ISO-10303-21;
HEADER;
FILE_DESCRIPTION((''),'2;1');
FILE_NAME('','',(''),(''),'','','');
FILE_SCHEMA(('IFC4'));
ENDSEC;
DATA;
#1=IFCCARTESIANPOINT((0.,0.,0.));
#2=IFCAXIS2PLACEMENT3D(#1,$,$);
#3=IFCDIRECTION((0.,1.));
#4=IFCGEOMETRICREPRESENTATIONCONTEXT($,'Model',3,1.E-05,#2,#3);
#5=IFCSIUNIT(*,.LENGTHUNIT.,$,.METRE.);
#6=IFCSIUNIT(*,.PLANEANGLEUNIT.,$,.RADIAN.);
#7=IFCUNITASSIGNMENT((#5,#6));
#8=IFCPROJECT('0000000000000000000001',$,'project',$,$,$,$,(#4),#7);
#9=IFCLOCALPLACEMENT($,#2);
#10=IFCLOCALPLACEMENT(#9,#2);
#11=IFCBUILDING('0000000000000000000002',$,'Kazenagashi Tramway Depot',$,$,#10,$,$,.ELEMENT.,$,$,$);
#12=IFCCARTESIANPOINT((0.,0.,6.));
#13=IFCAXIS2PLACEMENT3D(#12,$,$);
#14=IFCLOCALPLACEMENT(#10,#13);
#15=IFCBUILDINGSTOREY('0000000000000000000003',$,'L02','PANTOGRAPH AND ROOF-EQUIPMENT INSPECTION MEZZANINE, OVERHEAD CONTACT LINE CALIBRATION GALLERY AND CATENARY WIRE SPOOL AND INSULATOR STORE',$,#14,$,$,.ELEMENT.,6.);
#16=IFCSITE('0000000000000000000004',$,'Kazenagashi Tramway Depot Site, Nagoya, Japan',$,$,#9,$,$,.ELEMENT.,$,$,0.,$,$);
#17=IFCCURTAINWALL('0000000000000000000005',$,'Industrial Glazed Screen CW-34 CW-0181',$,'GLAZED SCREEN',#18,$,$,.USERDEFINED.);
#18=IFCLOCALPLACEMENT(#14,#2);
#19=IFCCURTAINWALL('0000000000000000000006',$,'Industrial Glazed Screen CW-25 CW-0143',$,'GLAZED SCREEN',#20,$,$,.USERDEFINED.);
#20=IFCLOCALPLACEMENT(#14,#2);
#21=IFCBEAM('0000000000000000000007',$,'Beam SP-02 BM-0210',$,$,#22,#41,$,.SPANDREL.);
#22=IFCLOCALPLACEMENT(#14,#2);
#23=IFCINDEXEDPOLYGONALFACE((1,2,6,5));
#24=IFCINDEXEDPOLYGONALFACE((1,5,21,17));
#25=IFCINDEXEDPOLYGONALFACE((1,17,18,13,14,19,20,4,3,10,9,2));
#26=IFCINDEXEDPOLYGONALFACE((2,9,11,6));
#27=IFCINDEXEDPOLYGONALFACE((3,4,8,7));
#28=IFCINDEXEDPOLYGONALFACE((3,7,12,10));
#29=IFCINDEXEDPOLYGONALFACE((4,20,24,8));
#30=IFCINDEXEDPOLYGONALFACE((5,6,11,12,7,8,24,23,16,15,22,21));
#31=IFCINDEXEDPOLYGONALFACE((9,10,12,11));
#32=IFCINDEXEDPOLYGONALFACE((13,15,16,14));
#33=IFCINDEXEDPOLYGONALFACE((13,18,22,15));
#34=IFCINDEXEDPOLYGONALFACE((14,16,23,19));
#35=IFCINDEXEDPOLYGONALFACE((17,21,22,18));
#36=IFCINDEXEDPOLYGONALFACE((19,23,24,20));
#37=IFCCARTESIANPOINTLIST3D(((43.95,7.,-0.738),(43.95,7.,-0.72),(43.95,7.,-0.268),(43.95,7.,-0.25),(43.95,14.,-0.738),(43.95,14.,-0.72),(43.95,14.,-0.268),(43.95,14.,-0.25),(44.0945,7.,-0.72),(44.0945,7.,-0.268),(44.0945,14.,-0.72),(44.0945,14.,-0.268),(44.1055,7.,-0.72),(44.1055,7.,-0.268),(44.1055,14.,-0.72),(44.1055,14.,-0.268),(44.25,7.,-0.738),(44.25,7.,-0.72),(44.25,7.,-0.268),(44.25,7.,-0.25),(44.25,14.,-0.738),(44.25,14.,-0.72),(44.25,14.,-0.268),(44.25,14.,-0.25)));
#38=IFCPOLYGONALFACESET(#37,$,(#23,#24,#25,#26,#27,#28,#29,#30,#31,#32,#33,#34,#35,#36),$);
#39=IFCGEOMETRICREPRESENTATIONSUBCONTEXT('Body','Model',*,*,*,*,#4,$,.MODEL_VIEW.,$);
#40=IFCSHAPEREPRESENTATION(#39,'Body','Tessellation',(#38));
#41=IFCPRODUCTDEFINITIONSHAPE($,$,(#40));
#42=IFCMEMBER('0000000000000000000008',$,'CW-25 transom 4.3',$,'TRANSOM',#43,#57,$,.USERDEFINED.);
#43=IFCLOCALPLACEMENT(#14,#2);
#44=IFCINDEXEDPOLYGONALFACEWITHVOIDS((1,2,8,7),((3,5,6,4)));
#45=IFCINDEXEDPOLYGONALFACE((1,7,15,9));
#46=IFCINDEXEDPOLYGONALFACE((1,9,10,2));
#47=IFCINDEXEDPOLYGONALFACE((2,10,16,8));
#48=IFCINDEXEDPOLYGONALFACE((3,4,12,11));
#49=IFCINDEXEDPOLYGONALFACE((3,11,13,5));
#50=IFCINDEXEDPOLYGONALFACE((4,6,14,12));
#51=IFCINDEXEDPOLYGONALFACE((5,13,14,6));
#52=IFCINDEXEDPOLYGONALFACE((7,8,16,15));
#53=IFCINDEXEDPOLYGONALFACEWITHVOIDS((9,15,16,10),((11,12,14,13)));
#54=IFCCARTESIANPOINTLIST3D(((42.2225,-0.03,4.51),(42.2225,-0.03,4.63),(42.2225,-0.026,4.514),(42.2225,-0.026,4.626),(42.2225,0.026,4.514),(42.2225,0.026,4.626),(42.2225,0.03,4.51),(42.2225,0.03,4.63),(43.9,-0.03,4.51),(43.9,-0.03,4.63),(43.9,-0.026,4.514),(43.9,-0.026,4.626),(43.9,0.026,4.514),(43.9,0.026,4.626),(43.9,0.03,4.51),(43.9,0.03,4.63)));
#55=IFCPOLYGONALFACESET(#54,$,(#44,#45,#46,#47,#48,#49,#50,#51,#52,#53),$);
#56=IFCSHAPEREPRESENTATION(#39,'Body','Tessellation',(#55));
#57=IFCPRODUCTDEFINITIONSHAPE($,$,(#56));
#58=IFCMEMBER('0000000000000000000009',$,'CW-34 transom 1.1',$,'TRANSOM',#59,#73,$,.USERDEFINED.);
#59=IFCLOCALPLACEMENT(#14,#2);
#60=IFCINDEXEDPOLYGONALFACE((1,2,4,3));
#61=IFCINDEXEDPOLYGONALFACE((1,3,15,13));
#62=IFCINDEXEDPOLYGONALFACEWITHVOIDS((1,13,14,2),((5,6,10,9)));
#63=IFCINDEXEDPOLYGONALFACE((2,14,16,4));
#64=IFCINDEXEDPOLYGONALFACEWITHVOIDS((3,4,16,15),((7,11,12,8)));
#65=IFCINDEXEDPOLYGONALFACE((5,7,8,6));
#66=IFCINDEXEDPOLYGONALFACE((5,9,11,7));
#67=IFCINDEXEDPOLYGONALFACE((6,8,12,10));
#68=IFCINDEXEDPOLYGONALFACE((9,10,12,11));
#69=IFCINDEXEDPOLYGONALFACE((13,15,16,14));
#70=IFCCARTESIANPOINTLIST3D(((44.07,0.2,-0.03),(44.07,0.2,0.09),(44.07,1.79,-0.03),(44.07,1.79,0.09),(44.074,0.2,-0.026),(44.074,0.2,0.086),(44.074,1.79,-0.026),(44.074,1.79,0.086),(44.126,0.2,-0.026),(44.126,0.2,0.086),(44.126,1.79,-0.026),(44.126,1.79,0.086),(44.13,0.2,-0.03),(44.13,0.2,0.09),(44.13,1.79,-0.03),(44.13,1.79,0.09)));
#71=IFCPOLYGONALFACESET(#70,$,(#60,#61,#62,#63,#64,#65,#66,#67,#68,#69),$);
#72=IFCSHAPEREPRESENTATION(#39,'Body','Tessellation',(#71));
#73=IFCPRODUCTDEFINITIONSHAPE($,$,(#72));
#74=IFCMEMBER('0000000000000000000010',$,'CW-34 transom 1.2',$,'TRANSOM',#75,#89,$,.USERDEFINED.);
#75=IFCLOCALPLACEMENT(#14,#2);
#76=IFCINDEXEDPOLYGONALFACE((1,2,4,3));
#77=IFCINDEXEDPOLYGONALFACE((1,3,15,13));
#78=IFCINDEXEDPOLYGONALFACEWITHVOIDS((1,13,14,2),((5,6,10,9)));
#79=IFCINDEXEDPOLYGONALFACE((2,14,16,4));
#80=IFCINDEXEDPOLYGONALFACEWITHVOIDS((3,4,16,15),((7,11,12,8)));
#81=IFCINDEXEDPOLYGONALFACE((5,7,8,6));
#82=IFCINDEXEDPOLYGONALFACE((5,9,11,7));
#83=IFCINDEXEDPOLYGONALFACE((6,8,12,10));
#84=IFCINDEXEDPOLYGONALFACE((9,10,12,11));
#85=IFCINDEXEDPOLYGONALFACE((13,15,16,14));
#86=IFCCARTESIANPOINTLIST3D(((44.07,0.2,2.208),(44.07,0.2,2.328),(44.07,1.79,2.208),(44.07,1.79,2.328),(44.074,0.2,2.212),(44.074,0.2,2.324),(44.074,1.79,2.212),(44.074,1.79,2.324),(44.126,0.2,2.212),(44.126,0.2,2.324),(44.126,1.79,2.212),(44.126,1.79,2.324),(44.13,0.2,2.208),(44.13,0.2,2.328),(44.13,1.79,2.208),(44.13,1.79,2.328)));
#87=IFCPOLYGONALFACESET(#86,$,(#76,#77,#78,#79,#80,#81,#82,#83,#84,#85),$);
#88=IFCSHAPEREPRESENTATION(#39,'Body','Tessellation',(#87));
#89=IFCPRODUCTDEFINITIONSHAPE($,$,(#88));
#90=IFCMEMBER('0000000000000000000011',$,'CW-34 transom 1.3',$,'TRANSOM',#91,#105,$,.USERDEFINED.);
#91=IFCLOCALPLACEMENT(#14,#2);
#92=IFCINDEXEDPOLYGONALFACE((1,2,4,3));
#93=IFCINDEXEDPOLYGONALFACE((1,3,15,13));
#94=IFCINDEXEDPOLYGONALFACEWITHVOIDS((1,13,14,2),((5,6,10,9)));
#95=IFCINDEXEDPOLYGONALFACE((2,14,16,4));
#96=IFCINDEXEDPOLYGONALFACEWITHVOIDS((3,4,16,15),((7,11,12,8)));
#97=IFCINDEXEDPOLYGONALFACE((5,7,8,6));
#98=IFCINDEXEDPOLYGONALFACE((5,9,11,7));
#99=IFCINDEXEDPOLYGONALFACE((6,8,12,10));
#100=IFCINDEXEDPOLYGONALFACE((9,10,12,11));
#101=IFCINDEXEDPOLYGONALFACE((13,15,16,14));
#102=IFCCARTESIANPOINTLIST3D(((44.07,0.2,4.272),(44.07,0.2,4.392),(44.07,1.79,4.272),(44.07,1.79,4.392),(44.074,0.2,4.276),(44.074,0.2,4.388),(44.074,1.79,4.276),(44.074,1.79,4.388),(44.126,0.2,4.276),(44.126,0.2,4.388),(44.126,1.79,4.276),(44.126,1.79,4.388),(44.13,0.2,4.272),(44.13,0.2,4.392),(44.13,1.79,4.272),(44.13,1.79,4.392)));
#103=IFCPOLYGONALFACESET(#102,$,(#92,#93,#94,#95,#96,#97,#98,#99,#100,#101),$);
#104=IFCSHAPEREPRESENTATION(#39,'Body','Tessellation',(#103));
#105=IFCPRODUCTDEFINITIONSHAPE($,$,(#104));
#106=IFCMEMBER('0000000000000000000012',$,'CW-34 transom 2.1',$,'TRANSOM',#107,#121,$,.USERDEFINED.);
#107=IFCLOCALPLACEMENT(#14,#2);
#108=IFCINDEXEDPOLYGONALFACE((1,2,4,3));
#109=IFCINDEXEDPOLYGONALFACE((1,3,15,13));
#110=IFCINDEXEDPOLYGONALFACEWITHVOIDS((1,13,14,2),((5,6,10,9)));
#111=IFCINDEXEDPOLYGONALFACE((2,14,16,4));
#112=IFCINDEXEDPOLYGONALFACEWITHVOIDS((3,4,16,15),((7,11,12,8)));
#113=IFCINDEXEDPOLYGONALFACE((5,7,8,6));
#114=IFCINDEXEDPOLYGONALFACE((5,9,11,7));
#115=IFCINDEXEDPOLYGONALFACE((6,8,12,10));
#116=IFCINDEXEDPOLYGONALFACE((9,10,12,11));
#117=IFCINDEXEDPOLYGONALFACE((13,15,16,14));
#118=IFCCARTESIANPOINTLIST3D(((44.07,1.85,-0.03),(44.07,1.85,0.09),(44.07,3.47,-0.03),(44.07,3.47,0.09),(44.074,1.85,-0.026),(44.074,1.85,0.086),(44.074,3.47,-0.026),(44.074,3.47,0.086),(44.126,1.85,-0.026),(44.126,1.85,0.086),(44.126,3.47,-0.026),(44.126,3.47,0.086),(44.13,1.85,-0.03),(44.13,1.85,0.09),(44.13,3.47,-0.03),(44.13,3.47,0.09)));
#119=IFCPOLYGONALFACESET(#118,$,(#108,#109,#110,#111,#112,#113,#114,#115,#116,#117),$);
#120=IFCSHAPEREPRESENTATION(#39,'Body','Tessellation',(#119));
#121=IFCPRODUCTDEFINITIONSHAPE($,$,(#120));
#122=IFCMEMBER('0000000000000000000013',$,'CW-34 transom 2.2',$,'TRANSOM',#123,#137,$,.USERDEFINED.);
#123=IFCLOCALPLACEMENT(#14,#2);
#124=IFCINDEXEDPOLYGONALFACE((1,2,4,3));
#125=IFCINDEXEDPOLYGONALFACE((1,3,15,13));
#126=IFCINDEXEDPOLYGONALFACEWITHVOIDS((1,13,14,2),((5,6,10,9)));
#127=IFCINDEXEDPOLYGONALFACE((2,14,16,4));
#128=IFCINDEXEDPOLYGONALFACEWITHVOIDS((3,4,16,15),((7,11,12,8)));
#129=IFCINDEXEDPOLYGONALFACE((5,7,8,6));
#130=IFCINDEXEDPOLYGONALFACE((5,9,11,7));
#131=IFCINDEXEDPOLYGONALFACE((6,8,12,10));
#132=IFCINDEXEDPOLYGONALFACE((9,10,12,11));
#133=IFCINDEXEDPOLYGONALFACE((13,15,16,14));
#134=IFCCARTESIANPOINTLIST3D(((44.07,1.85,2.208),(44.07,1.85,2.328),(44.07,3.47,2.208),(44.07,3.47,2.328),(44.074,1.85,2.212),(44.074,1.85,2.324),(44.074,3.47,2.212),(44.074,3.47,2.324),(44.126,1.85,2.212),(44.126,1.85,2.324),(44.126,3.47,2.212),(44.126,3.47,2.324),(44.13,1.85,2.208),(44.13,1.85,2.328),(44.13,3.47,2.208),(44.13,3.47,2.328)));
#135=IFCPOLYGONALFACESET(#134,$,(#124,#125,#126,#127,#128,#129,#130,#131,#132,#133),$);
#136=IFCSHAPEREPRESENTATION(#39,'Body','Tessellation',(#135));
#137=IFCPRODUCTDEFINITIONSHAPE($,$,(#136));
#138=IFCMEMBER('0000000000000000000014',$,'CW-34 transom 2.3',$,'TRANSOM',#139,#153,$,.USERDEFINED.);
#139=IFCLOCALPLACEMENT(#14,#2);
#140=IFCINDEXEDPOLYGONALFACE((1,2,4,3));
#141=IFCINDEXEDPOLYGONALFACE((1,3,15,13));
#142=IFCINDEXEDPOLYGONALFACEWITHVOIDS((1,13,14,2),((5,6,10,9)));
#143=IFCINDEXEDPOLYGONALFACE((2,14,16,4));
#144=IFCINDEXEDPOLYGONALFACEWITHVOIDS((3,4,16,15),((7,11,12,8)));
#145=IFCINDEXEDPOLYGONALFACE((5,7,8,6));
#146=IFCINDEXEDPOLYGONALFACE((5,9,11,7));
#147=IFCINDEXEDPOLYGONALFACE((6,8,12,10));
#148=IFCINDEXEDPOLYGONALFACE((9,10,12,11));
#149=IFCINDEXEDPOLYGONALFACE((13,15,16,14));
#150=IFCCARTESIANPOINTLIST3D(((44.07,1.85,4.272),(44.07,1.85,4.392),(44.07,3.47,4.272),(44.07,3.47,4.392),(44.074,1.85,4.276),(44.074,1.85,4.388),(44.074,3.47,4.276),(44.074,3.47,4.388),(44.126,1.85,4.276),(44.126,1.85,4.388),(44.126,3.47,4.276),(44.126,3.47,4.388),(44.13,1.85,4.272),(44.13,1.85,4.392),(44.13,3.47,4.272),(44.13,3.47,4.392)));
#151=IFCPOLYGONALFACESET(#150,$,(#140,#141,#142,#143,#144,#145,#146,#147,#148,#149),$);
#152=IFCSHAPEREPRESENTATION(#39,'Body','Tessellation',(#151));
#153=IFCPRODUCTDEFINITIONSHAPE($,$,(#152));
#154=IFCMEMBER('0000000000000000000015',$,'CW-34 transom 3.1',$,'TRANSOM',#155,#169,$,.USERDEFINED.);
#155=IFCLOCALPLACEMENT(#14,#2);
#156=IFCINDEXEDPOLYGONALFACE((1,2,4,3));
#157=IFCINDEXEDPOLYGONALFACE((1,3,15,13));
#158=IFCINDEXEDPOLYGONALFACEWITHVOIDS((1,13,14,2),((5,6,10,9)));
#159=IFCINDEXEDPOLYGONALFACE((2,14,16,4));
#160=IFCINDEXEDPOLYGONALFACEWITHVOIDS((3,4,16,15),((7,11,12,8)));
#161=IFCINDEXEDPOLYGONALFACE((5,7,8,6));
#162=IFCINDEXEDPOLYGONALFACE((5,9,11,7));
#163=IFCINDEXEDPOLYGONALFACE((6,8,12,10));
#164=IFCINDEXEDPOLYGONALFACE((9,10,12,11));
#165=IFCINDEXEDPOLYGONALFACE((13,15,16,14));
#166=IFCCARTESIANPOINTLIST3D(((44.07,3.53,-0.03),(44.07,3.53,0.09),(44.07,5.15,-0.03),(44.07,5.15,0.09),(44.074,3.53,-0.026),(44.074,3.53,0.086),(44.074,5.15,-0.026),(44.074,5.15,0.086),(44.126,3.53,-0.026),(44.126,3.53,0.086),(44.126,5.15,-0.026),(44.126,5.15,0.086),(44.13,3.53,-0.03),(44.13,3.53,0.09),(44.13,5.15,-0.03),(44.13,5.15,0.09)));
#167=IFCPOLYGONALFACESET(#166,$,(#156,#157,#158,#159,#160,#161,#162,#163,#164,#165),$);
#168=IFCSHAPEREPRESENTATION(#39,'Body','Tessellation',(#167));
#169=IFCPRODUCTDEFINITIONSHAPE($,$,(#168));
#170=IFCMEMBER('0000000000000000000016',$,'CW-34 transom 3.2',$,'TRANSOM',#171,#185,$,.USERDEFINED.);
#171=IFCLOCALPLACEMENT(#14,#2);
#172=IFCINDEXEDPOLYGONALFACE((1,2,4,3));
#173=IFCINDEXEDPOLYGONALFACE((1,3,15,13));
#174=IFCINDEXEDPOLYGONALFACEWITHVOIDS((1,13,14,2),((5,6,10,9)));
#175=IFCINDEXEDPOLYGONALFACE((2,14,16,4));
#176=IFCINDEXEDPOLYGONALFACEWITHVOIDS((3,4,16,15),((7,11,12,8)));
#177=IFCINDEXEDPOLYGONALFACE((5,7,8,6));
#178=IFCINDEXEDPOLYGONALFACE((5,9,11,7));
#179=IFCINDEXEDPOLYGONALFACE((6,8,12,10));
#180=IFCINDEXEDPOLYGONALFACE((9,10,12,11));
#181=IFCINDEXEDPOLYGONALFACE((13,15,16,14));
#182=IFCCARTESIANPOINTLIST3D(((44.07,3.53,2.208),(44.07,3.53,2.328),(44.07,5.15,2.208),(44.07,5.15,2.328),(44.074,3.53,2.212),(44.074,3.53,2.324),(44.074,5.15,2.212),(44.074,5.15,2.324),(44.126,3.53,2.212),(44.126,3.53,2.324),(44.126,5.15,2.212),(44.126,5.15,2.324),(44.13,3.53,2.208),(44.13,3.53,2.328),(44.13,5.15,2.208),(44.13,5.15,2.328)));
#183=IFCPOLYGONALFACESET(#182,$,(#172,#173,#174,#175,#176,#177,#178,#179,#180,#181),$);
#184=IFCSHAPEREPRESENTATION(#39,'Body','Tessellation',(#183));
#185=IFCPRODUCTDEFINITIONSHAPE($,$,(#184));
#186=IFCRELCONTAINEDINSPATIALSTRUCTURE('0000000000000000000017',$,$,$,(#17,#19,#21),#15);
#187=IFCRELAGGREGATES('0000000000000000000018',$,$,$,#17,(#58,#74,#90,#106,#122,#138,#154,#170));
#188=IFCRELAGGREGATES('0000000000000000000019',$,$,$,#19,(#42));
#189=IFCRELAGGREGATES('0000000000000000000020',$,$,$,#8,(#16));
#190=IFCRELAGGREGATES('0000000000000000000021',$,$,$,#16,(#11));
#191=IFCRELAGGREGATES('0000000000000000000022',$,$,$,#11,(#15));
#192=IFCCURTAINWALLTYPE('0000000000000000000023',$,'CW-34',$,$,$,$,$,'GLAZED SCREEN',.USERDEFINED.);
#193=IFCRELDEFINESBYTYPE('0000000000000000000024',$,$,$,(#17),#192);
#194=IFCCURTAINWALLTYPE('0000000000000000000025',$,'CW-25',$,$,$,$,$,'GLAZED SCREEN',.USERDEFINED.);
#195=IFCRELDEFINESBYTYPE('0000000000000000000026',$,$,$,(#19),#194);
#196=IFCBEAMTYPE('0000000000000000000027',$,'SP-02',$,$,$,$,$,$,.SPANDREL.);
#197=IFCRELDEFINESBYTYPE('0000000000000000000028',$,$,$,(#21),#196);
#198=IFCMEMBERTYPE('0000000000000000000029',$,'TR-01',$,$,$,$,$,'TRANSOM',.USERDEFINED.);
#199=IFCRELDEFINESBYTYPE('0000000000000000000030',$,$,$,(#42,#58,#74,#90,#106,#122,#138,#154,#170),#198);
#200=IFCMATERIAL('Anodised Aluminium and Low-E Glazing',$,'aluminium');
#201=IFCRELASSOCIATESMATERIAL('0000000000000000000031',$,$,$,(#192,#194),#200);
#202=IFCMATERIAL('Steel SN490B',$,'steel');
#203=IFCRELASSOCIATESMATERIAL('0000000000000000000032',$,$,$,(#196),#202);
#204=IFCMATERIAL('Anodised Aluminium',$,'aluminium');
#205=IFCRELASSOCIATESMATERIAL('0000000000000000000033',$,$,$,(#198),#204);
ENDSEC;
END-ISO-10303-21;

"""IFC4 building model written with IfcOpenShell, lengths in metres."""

from ifc_helpers import new_model, si_unit, direction, frame, origin, origin_2d, place, context, subcontext, project, spatial, hollow_rectangle, i_section, extrude, material, material_profile, profile_set, type_object, element, aggregate, save


model = new_model("IFC4")

# Units and contexts
model_context = context("Model", 3, precision=1e-05, world=origin(), true_north=direction((0.0, 1.0)))
body_context = subcontext(model_context, "Body", "Model", "MODEL_VIEW")
ifc_project = project(units=[si_unit("LENGTHUNIT", "METRE"), si_unit("PLANEANGLEUNIT", "RADIAN")], contexts=[model_context])

# Site, building, storey
site_placement = place(None, origin())
site = spatial("IfcSite", under=ifc_project, at=site_placement, Name="Kazenagashi Tramway Depot Site, Nagoya, Japan", CompositionType="ELEMENT", RefElevation=0.0)
building_placement = place(site_placement, origin())
building = spatial("IfcBuilding", under=site, at=building_placement, Name="Kazenagashi Tramway Depot", CompositionType="ELEMENT")
storey_placement = place(building_placement, frame((0.0, 0.0, 6.0)))
storey = spatial("IfcBuildingStorey", under=building, at=storey_placement, Name="L02", Description="PANTOGRAPH AND ROOF-EQUIPMENT INSPECTION MEZZANINE, OVERHEAD CONTACT LINE CALIBRATION GALLERY AND CATENARY WIRE SPOOL AND INSULATOR STORE", CompositionType="ELEMENT", Elevation=6.0)

# Shared definitions
ifc_material_1 = material(Name="Steel SN490B", Category="steel")

# Curtain wall
ifc_material_2 = material(Name="Anodised Aluminium and Low-E Glazing", Category="aluminium")
curtain_wall_type_1 = type_object("IfcCurtainWallType", Name="CW-34", ElementType="GLAZED SCREEN", PredefinedType="USERDEFINED", material=ifc_material_2)
curtain_wall_1_placement = place(storey_placement, origin())
curtain_wall_1 = element("IfcCurtainWall", 1, at=curtain_wall_1_placement, inside=storey, type_object=curtain_wall_type_1, Name="Industrial Glazed Screen CW-34 CW-0181", ObjectType="GLAZED SCREEN", PredefinedType="USERDEFINED")
ifc_material_3 = material(Name="Anodised Aluminium", Category="aluminium")

# Curtain wall
curtain_wall_type_2 = type_object("IfcCurtainWallType", Name="CW-25", ElementType="GLAZED SCREEN", PredefinedType="USERDEFINED", material=ifc_material_2)
curtain_wall_2_placement = place(storey_placement, origin())
curtain_wall_2 = element("IfcCurtainWall", 2, at=curtain_wall_2_placement, inside=storey, type_object=curtain_wall_type_2, Name="Industrial Glazed Screen CW-25 CW-0143", ObjectType="GLAZED SCREEN", PredefinedType="USERDEFINED")

# Beam
ifc_material_profile_1 = material_profile(ifc_material_1, i_section(OverallWidth=0.3, OverallDepth=0.488, WebThickness=0.011, FlangeThickness=0.018, at=origin_2d()), Name="H-488x300x11x18")
ifc_profile_set_1 = profile_set([ifc_material_profile_1], Name="Steel SN490B")
beam_type = type_object("IfcBeamType", Name="SP-02", PredefinedType="SPANDREL", material=ifc_profile_set_1)
for number, where, z_axis, x_axis, name in (
    (3, (44.1, 7.0, -0.494), (0.0, 1.0, 0.0), (-1.0, 0.0, 0.0), "Beam SP-02 BM-0210"),
):
    element("IfcBeam", number, at=place(storey_placement, frame(where, z_axis=z_axis, x_axis=x_axis)), inside=storey, type_object=beam_type, Name=name, PredefinedType="SPANDREL", context=body_context, shape_type="SweptSolid", body=[
        extrude(i_section(OverallWidth=0.3, OverallDepth=0.488, WebThickness=0.011, FlangeThickness=0.018, at=origin_2d()), origin(), (0.0, 0.0, 1.0), 7.0),
    ])

# Members
ifc_material_profile_2 = material_profile(ifc_material_3, hollow_rectangle(XDim=0.06, YDim=0.12, WallThickness=0.004, at=origin_2d()), Name="RHS-120x60x4")
ifc_profile_set_2 = profile_set([ifc_material_profile_2], Name="Anodised Aluminium")
member_type_1 = type_object("IfcMemberType", Name="TR-01", ElementType="TRANSOM", PredefinedType="USERDEFINED", material=ifc_profile_set_2)
member_1_placement = place(storey_placement, frame((42.2225, 0.0, 4.57), z_axis=(1.0, 0.0, 0.0), x_axis=(0.0, 1.0, 0.0)))
member_1 = element("IfcMember", 4, at=member_1_placement, type_object=member_type_1, Name="CW-25 transom 4.3", ObjectType="TRANSOM", PredefinedType="USERDEFINED", context=body_context, shape_type="SweptSolid", body=[
    extrude(hollow_rectangle(XDim=0.06, YDim=0.12, WallThickness=0.004, at=origin_2d()), origin(), (0.0, 0.0, 1.0), 1.6775),
])
member_2_placement = place(storey_placement, frame((44.1, 0.2, 0.03), z_axis=(0.0, 1.0, 0.0), x_axis=(-1.0, 0.0, 0.0)))
member_2 = element("IfcMember", 5, at=member_2_placement, type_object=member_type_1, Name="CW-34 transom 1.1", ObjectType="TRANSOM", PredefinedType="USERDEFINED", context=body_context, shape_type="SweptSolid", body=[
    extrude(hollow_rectangle(XDim=0.06, YDim=0.12, WallThickness=0.004, at=origin_2d()), origin(), (0.0, 0.0, 1.0), 1.59),
])
member_3_placement = place(storey_placement, frame((44.1, 0.2, 2.268), z_axis=(0.0, 1.0, 0.0), x_axis=(-1.0, 0.0, 0.0)))
member_3 = element("IfcMember", 6, at=member_3_placement, type_object=member_type_1, Name="CW-34 transom 1.2", ObjectType="TRANSOM", PredefinedType="USERDEFINED", context=body_context, shape_type="SweptSolid", body=[
    extrude(hollow_rectangle(XDim=0.06, YDim=0.12, WallThickness=0.004, at=origin_2d()), origin(), (0.0, 0.0, 1.0), 1.59),
])
member_4_placement = place(storey_placement, frame((44.1, 0.2, 4.332), z_axis=(0.0, 1.0, 0.0), x_axis=(-1.0, 0.0, 0.0)))
member_4 = element("IfcMember", 7, at=member_4_placement, type_object=member_type_1, Name="CW-34 transom 1.3", ObjectType="TRANSOM", PredefinedType="USERDEFINED", context=body_context, shape_type="SweptSolid", body=[
    extrude(hollow_rectangle(XDim=0.06, YDim=0.12, WallThickness=0.004, at=origin_2d()), origin(), (0.0, 0.0, 1.0), 1.59),
])
member_5_placement = place(storey_placement, frame((44.1, 1.85, 0.03), z_axis=(0.0, 1.0, 0.0), x_axis=(-1.0, 0.0, 0.0)))
member_5 = element("IfcMember", 8, at=member_5_placement, type_object=member_type_1, Name="CW-34 transom 2.1", ObjectType="TRANSOM", PredefinedType="USERDEFINED", context=body_context, shape_type="SweptSolid", body=[
    extrude(hollow_rectangle(XDim=0.06, YDim=0.12, WallThickness=0.004, at=origin_2d()), origin(), (0.0, 0.0, 1.0), 1.62),
])
member_6_placement = place(storey_placement, frame((44.1, 1.85, 2.268), z_axis=(0.0, 1.0, 0.0), x_axis=(-1.0, 0.0, 0.0)))
member_6 = element("IfcMember", 9, at=member_6_placement, type_object=member_type_1, Name="CW-34 transom 2.2", ObjectType="TRANSOM", PredefinedType="USERDEFINED", context=body_context, shape_type="SweptSolid", body=[
    extrude(hollow_rectangle(XDim=0.06, YDim=0.12, WallThickness=0.004, at=origin_2d()), origin(), (0.0, 0.0, 1.0), 1.62),
])
member_7_placement = place(storey_placement, frame((44.1, 1.85, 4.332), z_axis=(0.0, 1.0, 0.0), x_axis=(-1.0, 0.0, 0.0)))
member_7 = element("IfcMember", 10, at=member_7_placement, type_object=member_type_1, Name="CW-34 transom 2.3", ObjectType="TRANSOM", PredefinedType="USERDEFINED", context=body_context, shape_type="SweptSolid", body=[
    extrude(hollow_rectangle(XDim=0.06, YDim=0.12, WallThickness=0.004, at=origin_2d()), origin(), (0.0, 0.0, 1.0), 1.62),
])
member_8_placement = place(storey_placement, frame((44.1, 3.53, 0.03), z_axis=(0.0, 1.0, 0.0), x_axis=(-1.0, 0.0, 0.0)))
member_8 = element("IfcMember", 11, at=member_8_placement, type_object=member_type_1, Name="CW-34 transom 3.1", ObjectType="TRANSOM", PredefinedType="USERDEFINED", context=body_context, shape_type="SweptSolid", body=[
    extrude(hollow_rectangle(XDim=0.06, YDim=0.12, WallThickness=0.004, at=origin_2d()), origin(), (0.0, 0.0, 1.0), 1.62),
])
member_9_placement = place(storey_placement, frame((44.1, 3.53, 2.268), z_axis=(0.0, 1.0, 0.0), x_axis=(-1.0, 0.0, 0.0)))
member_9 = element("IfcMember", 12, at=member_9_placement, type_object=member_type_1, Name="CW-34 transom 3.2", ObjectType="TRANSOM", PredefinedType="USERDEFINED", context=body_context, shape_type="SweptSolid", body=[
    extrude(hollow_rectangle(XDim=0.06, YDim=0.12, WallThickness=0.004, at=origin_2d()), origin(), (0.0, 0.0, 1.0), 1.62),
])

aggregate(curtain_wall_1, [member_2, member_3, member_4, member_5, member_6, member_7, member_8, member_9])
aggregate(curtain_wall_2, [member_1])

save(model, "model.ifc")
